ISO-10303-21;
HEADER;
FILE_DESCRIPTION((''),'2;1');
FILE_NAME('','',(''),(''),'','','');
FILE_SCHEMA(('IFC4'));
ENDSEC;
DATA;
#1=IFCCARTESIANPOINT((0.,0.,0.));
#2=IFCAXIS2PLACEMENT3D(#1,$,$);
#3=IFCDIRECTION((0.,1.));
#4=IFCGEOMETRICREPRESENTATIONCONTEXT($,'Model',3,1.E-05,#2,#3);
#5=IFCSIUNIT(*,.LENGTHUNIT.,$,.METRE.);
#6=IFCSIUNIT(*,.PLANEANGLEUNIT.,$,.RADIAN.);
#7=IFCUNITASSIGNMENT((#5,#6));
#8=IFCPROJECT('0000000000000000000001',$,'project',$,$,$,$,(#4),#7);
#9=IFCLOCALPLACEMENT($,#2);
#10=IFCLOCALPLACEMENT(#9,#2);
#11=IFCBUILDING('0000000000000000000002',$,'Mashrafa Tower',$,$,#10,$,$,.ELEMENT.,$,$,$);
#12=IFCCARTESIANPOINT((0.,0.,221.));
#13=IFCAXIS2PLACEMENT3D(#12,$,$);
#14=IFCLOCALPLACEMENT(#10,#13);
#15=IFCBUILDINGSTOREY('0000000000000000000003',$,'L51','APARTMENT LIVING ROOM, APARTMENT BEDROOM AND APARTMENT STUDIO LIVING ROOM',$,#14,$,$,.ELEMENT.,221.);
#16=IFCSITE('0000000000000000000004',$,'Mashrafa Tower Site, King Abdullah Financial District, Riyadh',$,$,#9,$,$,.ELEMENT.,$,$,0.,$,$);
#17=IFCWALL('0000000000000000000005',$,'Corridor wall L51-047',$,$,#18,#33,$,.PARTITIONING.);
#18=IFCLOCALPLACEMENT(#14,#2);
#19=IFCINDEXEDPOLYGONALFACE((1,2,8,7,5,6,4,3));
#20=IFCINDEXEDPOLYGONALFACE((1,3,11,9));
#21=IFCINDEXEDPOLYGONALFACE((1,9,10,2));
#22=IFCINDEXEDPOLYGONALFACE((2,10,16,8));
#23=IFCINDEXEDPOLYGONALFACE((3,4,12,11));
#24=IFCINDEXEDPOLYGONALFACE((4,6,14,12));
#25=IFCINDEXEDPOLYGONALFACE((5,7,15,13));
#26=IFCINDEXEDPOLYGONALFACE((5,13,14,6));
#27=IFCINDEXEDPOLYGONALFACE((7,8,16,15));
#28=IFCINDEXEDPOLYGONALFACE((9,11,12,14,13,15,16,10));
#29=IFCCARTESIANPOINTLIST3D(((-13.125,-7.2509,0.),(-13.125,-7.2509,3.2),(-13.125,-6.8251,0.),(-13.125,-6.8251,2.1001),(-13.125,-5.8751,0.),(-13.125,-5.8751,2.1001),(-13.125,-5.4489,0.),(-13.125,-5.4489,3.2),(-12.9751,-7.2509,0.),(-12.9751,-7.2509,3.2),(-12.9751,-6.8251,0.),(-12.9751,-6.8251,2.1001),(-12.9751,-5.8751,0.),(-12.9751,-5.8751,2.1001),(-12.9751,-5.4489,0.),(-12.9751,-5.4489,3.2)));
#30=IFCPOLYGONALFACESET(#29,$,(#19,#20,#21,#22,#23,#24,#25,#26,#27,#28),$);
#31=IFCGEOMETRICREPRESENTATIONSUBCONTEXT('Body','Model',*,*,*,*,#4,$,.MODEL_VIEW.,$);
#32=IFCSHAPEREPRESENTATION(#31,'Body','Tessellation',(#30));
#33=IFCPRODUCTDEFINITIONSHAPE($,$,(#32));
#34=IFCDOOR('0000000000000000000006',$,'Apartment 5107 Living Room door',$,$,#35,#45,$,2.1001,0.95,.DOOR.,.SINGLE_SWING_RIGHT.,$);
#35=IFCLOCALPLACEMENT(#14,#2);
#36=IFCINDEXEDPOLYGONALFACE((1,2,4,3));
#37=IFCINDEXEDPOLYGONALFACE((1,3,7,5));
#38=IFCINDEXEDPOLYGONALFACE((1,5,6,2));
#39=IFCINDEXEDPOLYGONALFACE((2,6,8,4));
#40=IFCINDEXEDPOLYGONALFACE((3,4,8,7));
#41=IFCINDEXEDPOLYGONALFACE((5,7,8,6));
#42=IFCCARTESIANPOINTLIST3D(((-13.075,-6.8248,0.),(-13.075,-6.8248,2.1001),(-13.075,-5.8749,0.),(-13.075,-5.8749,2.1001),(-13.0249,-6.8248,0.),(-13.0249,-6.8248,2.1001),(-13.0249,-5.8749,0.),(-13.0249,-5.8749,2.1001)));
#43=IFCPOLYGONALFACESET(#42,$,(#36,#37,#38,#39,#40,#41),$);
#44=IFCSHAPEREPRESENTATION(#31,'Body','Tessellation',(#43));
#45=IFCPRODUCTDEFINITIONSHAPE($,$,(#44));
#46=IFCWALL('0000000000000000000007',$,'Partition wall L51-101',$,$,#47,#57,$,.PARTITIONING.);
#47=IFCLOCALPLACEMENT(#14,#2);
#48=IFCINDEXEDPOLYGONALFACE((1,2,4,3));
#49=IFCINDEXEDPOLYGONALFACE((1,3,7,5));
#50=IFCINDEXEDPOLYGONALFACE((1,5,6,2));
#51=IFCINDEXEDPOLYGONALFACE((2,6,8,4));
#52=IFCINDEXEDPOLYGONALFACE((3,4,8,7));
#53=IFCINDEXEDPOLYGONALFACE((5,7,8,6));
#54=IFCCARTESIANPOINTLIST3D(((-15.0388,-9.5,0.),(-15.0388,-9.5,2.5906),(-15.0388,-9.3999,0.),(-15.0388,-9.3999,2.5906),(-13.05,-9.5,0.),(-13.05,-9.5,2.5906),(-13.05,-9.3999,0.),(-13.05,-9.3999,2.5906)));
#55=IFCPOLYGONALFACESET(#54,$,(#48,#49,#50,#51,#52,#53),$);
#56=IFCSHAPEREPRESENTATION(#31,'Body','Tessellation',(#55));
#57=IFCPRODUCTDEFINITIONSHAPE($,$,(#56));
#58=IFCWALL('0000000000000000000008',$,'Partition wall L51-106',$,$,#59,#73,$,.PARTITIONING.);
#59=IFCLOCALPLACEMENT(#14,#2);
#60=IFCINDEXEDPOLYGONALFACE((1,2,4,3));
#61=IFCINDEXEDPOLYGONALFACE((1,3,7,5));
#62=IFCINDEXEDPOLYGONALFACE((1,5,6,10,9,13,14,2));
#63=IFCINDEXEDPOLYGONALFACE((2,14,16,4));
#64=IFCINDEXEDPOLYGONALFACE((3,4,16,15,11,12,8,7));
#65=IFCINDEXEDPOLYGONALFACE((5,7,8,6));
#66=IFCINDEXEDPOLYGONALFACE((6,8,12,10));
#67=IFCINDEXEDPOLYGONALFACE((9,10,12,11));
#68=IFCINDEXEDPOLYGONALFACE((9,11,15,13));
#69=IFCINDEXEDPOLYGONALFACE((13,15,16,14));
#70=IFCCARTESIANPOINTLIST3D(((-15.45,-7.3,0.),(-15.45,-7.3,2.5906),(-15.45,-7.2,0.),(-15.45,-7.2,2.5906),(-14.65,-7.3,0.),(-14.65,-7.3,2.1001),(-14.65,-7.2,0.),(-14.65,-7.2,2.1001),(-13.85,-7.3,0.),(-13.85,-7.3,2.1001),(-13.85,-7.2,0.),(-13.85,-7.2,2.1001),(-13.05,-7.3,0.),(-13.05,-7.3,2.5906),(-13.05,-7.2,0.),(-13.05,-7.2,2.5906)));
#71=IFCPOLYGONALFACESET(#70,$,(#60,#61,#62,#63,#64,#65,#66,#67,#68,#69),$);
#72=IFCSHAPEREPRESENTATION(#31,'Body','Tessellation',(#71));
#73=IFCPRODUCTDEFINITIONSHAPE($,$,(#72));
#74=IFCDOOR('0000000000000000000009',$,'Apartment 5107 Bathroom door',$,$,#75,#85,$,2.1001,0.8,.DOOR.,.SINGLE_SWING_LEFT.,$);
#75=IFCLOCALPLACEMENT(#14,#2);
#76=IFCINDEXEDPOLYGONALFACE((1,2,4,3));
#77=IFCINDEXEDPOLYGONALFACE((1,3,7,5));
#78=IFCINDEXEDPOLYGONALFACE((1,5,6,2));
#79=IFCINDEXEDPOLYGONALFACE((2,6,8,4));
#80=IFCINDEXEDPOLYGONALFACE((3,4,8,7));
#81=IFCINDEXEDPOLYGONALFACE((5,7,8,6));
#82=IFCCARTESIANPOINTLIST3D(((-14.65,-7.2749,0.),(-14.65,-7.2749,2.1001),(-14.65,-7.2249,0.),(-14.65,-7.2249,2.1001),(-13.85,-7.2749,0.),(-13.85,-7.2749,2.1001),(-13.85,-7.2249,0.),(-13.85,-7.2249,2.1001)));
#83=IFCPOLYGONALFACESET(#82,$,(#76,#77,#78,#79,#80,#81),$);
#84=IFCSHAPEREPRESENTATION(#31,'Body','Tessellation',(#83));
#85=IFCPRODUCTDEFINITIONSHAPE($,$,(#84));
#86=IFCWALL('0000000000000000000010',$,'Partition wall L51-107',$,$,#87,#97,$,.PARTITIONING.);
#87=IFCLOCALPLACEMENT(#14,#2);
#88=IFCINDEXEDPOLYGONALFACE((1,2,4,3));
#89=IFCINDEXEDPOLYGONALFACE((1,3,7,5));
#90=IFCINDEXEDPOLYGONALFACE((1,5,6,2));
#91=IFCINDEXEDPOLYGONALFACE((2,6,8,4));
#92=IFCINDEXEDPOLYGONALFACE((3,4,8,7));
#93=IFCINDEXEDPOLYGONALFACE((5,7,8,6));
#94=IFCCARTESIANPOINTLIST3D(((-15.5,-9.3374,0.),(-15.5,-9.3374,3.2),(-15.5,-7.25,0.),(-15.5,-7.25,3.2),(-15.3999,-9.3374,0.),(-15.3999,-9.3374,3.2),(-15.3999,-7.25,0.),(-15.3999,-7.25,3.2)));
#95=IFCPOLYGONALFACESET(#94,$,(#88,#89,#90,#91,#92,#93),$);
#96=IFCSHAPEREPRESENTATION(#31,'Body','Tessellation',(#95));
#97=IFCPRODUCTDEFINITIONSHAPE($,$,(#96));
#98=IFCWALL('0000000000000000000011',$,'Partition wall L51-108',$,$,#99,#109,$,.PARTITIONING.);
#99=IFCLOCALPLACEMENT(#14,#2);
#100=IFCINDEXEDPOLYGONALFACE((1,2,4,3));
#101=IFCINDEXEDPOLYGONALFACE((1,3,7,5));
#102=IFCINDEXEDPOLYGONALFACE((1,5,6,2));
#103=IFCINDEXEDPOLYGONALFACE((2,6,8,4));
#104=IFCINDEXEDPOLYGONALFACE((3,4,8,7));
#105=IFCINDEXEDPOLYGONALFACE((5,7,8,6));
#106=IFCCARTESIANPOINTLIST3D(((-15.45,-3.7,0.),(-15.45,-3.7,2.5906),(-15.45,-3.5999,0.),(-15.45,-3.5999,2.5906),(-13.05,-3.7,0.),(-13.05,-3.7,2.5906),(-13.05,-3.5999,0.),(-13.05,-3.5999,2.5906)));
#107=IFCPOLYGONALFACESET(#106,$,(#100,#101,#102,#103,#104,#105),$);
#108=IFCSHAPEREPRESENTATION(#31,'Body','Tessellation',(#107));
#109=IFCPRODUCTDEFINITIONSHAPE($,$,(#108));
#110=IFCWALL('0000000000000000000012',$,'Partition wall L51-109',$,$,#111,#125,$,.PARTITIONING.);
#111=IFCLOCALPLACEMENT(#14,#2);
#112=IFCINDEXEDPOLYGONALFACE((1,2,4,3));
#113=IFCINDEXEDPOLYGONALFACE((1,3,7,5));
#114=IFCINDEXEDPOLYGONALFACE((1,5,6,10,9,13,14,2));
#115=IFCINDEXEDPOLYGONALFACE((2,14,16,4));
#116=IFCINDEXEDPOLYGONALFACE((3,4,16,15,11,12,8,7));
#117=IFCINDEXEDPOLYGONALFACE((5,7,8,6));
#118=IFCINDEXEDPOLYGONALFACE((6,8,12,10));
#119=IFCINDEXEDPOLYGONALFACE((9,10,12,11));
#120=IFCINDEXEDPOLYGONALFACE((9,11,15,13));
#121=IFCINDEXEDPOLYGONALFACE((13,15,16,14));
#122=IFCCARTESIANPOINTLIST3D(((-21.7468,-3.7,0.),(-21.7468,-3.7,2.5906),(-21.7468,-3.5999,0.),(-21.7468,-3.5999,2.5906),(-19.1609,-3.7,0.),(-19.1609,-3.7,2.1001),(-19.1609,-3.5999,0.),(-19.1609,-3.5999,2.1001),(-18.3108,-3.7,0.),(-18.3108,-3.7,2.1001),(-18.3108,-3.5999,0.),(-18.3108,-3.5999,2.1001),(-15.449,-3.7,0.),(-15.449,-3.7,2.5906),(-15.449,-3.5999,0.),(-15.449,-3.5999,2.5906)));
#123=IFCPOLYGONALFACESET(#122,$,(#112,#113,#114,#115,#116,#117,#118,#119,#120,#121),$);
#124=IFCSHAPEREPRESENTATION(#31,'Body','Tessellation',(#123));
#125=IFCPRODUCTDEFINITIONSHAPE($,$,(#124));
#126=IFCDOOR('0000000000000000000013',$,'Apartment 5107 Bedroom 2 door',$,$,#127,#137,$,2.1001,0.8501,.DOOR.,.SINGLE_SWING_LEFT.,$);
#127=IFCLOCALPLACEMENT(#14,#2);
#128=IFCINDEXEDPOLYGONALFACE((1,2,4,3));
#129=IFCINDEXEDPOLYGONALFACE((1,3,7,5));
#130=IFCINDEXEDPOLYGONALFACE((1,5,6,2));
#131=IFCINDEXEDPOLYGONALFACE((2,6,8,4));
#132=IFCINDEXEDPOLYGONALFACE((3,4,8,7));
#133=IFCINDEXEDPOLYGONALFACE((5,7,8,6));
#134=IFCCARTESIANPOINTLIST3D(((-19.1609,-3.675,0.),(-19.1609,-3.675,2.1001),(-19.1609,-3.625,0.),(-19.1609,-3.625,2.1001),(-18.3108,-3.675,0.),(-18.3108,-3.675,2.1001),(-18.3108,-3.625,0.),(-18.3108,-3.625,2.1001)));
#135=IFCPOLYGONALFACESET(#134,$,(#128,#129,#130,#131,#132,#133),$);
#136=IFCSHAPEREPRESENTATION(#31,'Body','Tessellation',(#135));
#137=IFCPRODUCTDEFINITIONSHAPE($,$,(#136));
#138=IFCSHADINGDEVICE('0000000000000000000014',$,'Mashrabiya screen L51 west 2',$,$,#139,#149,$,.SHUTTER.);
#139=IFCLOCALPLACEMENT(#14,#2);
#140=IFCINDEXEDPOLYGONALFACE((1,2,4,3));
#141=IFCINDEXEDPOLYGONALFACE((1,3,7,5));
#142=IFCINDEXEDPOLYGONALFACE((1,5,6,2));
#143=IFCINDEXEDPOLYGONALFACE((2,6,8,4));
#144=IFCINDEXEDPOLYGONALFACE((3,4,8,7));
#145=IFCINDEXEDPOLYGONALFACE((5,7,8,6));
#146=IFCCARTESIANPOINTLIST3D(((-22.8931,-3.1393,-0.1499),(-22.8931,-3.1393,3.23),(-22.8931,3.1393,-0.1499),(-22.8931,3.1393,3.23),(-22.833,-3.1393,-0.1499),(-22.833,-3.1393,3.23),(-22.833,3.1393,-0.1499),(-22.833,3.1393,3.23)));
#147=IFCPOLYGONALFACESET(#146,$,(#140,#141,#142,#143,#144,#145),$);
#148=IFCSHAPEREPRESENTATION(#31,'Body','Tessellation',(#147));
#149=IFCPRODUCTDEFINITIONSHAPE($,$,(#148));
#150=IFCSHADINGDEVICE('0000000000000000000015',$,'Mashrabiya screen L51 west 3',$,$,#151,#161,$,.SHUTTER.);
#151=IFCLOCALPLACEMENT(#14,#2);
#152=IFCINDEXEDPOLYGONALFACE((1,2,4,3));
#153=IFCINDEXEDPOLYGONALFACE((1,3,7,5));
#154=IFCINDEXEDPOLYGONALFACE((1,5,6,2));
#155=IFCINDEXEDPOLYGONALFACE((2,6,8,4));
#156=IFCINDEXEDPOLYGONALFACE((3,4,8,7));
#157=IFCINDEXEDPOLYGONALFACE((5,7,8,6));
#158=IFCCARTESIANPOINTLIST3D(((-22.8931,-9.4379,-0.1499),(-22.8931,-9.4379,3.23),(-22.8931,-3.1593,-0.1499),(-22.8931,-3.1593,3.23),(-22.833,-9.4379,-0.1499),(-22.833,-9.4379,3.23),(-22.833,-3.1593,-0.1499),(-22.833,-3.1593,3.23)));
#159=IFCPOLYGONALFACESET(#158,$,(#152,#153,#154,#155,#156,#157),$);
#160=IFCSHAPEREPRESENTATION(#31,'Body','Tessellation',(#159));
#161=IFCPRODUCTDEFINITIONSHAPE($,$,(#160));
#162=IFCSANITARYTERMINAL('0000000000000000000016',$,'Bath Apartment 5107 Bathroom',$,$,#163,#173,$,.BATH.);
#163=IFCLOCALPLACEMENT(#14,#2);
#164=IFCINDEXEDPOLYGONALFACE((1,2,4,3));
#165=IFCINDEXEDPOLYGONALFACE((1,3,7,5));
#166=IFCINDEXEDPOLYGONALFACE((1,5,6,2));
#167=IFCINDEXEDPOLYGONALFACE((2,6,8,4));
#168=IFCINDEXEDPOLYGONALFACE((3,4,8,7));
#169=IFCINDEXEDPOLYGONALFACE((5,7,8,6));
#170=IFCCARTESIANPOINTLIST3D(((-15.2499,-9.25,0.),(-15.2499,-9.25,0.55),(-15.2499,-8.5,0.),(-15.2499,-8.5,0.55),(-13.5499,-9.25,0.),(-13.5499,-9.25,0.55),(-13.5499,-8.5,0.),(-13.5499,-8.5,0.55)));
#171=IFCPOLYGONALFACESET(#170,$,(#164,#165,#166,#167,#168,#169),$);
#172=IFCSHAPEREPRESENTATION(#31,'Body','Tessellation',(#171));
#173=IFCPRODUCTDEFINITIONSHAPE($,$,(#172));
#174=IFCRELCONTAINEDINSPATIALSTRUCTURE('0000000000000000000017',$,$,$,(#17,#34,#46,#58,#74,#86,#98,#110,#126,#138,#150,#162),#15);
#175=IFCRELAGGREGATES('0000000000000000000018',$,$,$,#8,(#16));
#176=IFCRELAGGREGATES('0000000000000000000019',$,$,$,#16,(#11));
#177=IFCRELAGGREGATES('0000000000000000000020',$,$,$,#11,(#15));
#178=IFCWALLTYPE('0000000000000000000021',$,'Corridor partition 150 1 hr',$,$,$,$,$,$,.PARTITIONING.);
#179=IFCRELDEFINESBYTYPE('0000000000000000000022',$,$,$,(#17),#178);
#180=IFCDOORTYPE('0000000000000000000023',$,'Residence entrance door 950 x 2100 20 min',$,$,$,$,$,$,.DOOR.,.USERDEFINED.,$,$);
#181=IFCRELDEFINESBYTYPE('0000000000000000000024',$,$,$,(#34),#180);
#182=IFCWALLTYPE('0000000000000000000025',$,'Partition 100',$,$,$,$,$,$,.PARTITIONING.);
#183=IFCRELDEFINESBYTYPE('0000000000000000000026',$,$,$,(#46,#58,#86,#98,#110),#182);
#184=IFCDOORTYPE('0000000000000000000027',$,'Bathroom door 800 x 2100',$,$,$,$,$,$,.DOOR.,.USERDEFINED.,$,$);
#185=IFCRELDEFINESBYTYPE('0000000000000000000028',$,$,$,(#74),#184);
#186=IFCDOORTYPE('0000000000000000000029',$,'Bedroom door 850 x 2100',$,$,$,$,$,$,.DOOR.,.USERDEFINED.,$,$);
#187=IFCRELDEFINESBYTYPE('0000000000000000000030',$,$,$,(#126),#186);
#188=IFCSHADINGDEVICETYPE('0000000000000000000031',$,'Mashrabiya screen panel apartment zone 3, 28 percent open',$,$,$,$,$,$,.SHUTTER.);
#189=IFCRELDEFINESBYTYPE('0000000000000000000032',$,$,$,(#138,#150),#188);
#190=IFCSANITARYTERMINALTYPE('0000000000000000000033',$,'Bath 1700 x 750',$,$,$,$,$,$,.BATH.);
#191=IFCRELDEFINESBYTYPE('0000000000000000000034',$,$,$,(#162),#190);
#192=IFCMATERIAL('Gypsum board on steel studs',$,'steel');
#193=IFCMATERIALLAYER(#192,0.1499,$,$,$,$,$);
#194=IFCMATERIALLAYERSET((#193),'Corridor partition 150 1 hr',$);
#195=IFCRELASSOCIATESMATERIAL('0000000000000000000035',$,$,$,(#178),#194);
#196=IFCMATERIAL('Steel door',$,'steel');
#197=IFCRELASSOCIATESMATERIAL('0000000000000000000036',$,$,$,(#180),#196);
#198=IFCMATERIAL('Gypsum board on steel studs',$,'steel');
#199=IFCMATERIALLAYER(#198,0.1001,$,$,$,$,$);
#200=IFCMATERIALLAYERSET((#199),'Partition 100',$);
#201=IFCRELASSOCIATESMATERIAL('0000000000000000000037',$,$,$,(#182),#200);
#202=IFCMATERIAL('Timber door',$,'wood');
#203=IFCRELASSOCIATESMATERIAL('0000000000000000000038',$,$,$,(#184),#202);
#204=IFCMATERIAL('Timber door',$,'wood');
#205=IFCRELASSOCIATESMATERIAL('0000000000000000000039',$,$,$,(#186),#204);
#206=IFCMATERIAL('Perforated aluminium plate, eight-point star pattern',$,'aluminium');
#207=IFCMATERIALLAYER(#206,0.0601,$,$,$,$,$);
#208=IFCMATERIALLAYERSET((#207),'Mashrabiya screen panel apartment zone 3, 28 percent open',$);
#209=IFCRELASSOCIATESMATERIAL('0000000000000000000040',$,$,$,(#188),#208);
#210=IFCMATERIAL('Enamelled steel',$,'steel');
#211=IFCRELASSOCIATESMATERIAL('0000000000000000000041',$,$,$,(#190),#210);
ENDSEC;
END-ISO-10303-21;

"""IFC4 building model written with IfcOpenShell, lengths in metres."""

from ifc_helpers import new_model, si_unit, direction, frame, frame_2d, origin, origin_2d, place, context, subcontext, project, spatial, rectangle, extrude, source, transform, mapped, material, layer, layer_set, type_object, type_shapes, element, fill, save


model = new_model("IFC4")

# Units and contexts
model_context = context("Model", 3, precision=1e-05, world=origin(), true_north=direction((0.0, 1.0)))
body_context = subcontext(model_context, "Body", "Model", "MODEL_VIEW")
ifc_project = project(units=[si_unit("LENGTHUNIT", "METRE"), si_unit("PLANEANGLEUNIT", "RADIAN")], contexts=[model_context])

# Site, building, storey
site_placement = place(None, origin())
site = spatial("IfcSite", under=ifc_project, at=site_placement, Name="Mashrafa Tower Site, King Abdullah Financial District, Riyadh", CompositionType="ELEMENT", RefElevation=0.0)
building_placement = place(site_placement, origin())
building = spatial("IfcBuilding", under=site, at=building_placement, Name="Mashrafa Tower", CompositionType="ELEMENT")
storey_placement = place(building_placement, frame((0.0, 0.0, 221.0)))
storey = spatial("IfcBuildingStorey", under=building, at=storey_placement, Name="L51", Description="APARTMENT LIVING ROOM, APARTMENT BEDROOM AND APARTMENT STUDIO LIVING ROOM", CompositionType="ELEMENT", Elevation=221.0)

# Shared definitions
ifc_material_1 = material(Name="Gypsum board on steel studs", Category="steel")
ifc_layer_1 = layer(ifc_material_1, 0.1499)
ifc_layer_set_1 = layer_set([ifc_layer_1], Name="Corridor partition 150 1 hr")
wall_type_1 = type_object("IfcWallType", Name="Corridor partition 150 1 hr", PredefinedType="PARTITIONING", material=ifc_layer_set_1)

# Wall, opening, door
wall_1_placement = place(storey_placement, frame((-13.05, -5.449, 0.0), z_axis=(0.0, 0.0, 1.0), x_axis=(0.0, -1.0, 0.0)))
wall_1 = element("IfcWall", 1, at=wall_1_placement, inside=storey, type_object=wall_type_1, Name="Corridor wall L51-047", PredefinedType="PARTITIONING", context=body_context, shape_type="SweptSolid", body=[
    extrude(rectangle(XDim=1.802, YDim=0.1499, at=frame_2d((0.9009, 0.0))), origin(), (0.0, 0.0, 1.0), 3.2),
])
opening_1_placement = place(wall_1_placement, frame((0.426, 0.0, 0.0)))
opening_1 = element("IfcOpeningElement", 2, at=opening_1_placement, cuts=wall_1, PredefinedType="OPENING", context=body_context, shape_type="SweptSolid", body=[
    extrude(rectangle(XDim=0.95, YDim=2.1001, at=frame_2d((0.4751, 1.05))), frame((0.0, 0.085, 0.0), z_axis=(0.0, -1.0, 0.0), x_axis=(1.0, 0.0, 0.0)), (0.0, 0.0, 1.0), 0.1699),
])
ifc_material_2 = material(Name="Steel door", Category="steel")
door_type_1 = type_object("IfcDoorType", Name="Residence entrance door 950 x 2100 20 min", OperationType="USERDEFINED", PredefinedType="DOOR", material=ifc_material_2)
door_1_placement = place(opening_1_placement, frame((0.95, 0.0, 0.0), z_axis=(0.0, 0.0, 1.0), x_axis=(-1.0, 0.0, 0.0)))
door_1 = element("IfcDoor", 3, at=door_1_placement, inside=storey, type_object=door_type_1, Name="Apartment 5107 Living Room door", OperationType="SINGLE_SWING_RIGHT", OverallHeight=2.1001, OverallWidth=0.95, PredefinedType="DOOR", context=body_context, shape_type="SweptSolid", body=[
    extrude(rectangle(XDim=0.95, YDim=2.1001, at=frame_2d((0.4751, 1.05))), frame((0.0, 0.0249, 0.0), z_axis=(0.0, -1.0, 0.0), x_axis=(1.0, 0.0, 0.0)), (0.0, 0.0, 1.0), 0.05),
])
fill(opening_1, door_1)

# Wall
ifc_material_3 = material(Name="Gypsum board on steel studs", Category="steel")
ifc_layer_2 = layer(ifc_material_3, 0.1001)
ifc_layer_set_2 = layer_set([ifc_layer_2], Name="Partition 100")
wall_type_2 = type_object("IfcWallType", Name="Partition 100", PredefinedType="PARTITIONING", material=ifc_layer_set_2)
wall_2_placement = place(storey_placement, frame((-13.05, -9.45, 0.0), z_axis=(0.0, 0.0, 1.0), x_axis=(-1.0, 0.0, 0.0)))
element("IfcWall", 4, at=wall_2_placement, inside=storey, type_object=wall_type_2, Name="Partition wall L51-101", PredefinedType="PARTITIONING", context=body_context, shape_type="SweptSolid", body=[
    extrude(rectangle(XDim=1.9888, YDim=0.1001, at=frame_2d((0.9944, 0.0))), origin(), (0.0, 0.0, 1.0), 2.5906),
])

# Wall, opening, door
wall_3_placement = place(storey_placement, frame((-13.05, -7.25, 0.0), z_axis=(0.0, 0.0, 1.0), x_axis=(-1.0, 0.0, 0.0)))
wall_3 = element("IfcWall", 5, at=wall_3_placement, inside=storey, type_object=wall_type_2, Name="Partition wall L51-106", PredefinedType="PARTITIONING", context=body_context, shape_type="SweptSolid", body=[
    extrude(rectangle(XDim=2.3999, YDim=0.1001, at=frame_2d((1.2, 0.0))), origin(), (0.0, 0.0, 1.0), 2.5906),
])
opening_2_placement = place(wall_3_placement, frame((0.8, 0.0, 0.0)))
opening_2 = element("IfcOpeningElement", 6, at=opening_2_placement, cuts=wall_3, PredefinedType="OPENING", context=body_context, shape_type="SweptSolid", body=[
    extrude(rectangle(XDim=0.8, YDim=2.1001, at=frame_2d((0.3999, 1.05))), frame((0.0, 0.0601, 0.0), z_axis=(0.0, -1.0, 0.0), x_axis=(1.0, 0.0, 0.0)), (0.0, 0.0, 1.0), 0.1201),
])
ifc_material_4 = material(Name="Timber door", Category="wood")
door_type_2 = type_object("IfcDoorType", Name="Bathroom door 800 x 2100", OperationType="USERDEFINED", PredefinedType="DOOR", material=ifc_material_4)
door_2_placement = place(opening_2_placement, origin())
door_2 = element("IfcDoor", 7, at=door_2_placement, inside=storey, type_object=door_type_2, Name="Apartment 5107 Bathroom door", OperationType="SINGLE_SWING_LEFT", OverallHeight=2.1001, OverallWidth=0.8, PredefinedType="DOOR", context=body_context, shape_type="SweptSolid", body=[
    extrude(rectangle(XDim=0.8, YDim=2.1001, at=frame_2d((0.3999, 1.05))), frame((0.0, 0.0249, 0.0), z_axis=(0.0, -1.0, 0.0), x_axis=(1.0, 0.0, 0.0)), (0.0, 0.0, 1.0), 0.05),
])
fill(opening_2, door_2)

# Walls
wall_4_placement = place(storey_placement, frame((-15.45, -7.25, 0.0), z_axis=(0.0, 0.0, 1.0), x_axis=(0.0, -1.0, 0.0)))
element("IfcWall", 8, at=wall_4_placement, inside=storey, type_object=wall_type_2, Name="Partition wall L51-107", PredefinedType="PARTITIONING", context=body_context, shape_type="SweptSolid", body=[
    extrude(rectangle(XDim=2.0874, YDim=0.1001, at=frame_2d((1.0437, 0.0))), origin(), (0.0, 0.0, 1.0), 3.2),
])
wall_5_placement = place(storey_placement, frame((-13.05, -3.6499, 0.0), z_axis=(0.0, 0.0, 1.0), x_axis=(-1.0, 0.0, 0.0)))
element("IfcWall", 9, at=wall_5_placement, inside=storey, type_object=wall_type_2, Name="Partition wall L51-108", PredefinedType="PARTITIONING", context=body_context, shape_type="SweptSolid", body=[
    extrude(rectangle(XDim=2.3999, YDim=0.1001, at=frame_2d((1.2, 0.0))), origin(), (0.0, 0.0, 1.0), 2.5906),
])

# Wall, opening, door
wall_6_placement = place(storey_placement, frame((-21.7468, -3.6499, 0.0), z_axis=(0.0, 0.0, 1.0), x_axis=(1.0, 0.0, 0.0)))
wall_6 = element("IfcWall", 10, at=wall_6_placement, inside=storey, type_object=wall_type_2, Name="Partition wall L51-109", PredefinedType="PARTITIONING", context=body_context, shape_type="SweptSolid", body=[
    extrude(rectangle(XDim=6.2979, YDim=0.1001, at=frame_2d((3.1489, 0.0))), origin(), (0.0, 0.0, 1.0), 2.5906),
])
opening_3_placement = place(wall_6_placement, frame((2.5859, 0.0, 0.0)))
opening_3 = element("IfcOpeningElement", 11, at=opening_3_placement, cuts=wall_6, PredefinedType="OPENING", context=body_context, shape_type="SweptSolid", body=[
    extrude(rectangle(XDim=0.8501, YDim=2.1001, at=frame_2d((0.425, 1.05))), frame((0.0, 0.0601, 0.0), z_axis=(0.0, -1.0, 0.0), x_axis=(1.0, 0.0, 0.0)), (0.0, 0.0, 1.0), 0.1201),
])
ifc_material_5 = material(Name="Timber door", Category="wood")
door_type_3 = type_object("IfcDoorType", Name="Bedroom door 850 x 2100", OperationType="USERDEFINED", PredefinedType="DOOR", material=ifc_material_5)
door_3_placement = place(opening_3_placement, origin())
door_3 = element("IfcDoor", 12, at=door_3_placement, inside=storey, type_object=door_type_3, Name="Apartment 5107 Bedroom 2 door", OperationType="SINGLE_SWING_LEFT", OverallHeight=2.1001, OverallWidth=0.8501, PredefinedType="DOOR", context=body_context, shape_type="SweptSolid", body=[
    extrude(rectangle(XDim=0.8501, YDim=2.1001, at=frame_2d((0.425, 1.05))), frame((0.0, 0.0249, 0.0), z_axis=(0.0, -1.0, 0.0), x_axis=(1.0, 0.0, 0.0)), (0.0, 0.0, 1.0), 0.05),
])
fill(opening_3, door_3)

# Shading devices
ifc_material_6 = material(Name="Perforated aluminium plate, eight-point star pattern", Category="aluminium")
ifc_layer_3 = layer(ifc_material_6, 0.0601)
ifc_layer_set_3 = layer_set([ifc_layer_3], Name="Mashrabiya screen panel apartment zone 3, 28 percent open")
shading_device_type = type_object("IfcShadingDeviceType", Name="Mashrabiya screen panel apartment zone 3, 28 percent open", PredefinedType="SHUTTER", material=ifc_layer_set_3)
shared_shape_1 = source(origin(), body_context, "Body", "SweptSolid", [
    extrude(rectangle(XDim=6.2786, YDim=0.0601, at=origin_2d()), origin(), (0.0, 0.0, 1.0), 3.3799),
])
type_shapes(shading_device_type, [shared_shape_1])
for number, where, z_axis, x_axis, name in (
    (13, (-22.863, 0.0, -0.1499), (0.0, 0.0, 1.0), (0.0, -1.0, 0.0), "Mashrabiya screen L51 west 2"),
    (14, (-22.863, -6.2986, -0.1499), (0.0, 0.0, 1.0), (0.0, -1.0, 0.0), "Mashrabiya screen L51 west 3"),
):
    element("IfcShadingDevice", number, at=place(storey_placement, frame(where, z_axis=z_axis, x_axis=x_axis)), inside=storey, type_object=shading_device_type, Name=name, PredefinedType="SHUTTER", context=body_context, shape_type="MappedRepresentation", body=[
        mapped(shared_shape_1, transform((0.0, 0.0, 0.0))),
    ])

# Sanitary terminal
ifc_material_7 = material(Name="Enamelled steel", Category="steel")
sanitary_terminal_type_1 = type_object("IfcSanitaryTerminalType", Name="Bath 1700 x 750", PredefinedType="BATH", material=ifc_material_7)
sanitary_terminal_1_placement = place(storey_placement, frame((-14.3999, -8.875, 0.0), z_axis=(0.0, 0.0, 1.0), x_axis=(1.0, 0.0, 0.0)))
element("IfcSanitaryTerminal", 15, at=sanitary_terminal_1_placement, inside=storey, type_object=sanitary_terminal_type_1, Name="Bath Apartment 5107 Bathroom", PredefinedType="BATH", context=body_context, shape_type="SweptSolid", body=[
    extrude(rectangle(XDim=1.7, YDim=0.75, at=origin_2d()), origin(), (0.0, 0.0, 1.0), 0.55),
])

save(model, "model.ifc")
